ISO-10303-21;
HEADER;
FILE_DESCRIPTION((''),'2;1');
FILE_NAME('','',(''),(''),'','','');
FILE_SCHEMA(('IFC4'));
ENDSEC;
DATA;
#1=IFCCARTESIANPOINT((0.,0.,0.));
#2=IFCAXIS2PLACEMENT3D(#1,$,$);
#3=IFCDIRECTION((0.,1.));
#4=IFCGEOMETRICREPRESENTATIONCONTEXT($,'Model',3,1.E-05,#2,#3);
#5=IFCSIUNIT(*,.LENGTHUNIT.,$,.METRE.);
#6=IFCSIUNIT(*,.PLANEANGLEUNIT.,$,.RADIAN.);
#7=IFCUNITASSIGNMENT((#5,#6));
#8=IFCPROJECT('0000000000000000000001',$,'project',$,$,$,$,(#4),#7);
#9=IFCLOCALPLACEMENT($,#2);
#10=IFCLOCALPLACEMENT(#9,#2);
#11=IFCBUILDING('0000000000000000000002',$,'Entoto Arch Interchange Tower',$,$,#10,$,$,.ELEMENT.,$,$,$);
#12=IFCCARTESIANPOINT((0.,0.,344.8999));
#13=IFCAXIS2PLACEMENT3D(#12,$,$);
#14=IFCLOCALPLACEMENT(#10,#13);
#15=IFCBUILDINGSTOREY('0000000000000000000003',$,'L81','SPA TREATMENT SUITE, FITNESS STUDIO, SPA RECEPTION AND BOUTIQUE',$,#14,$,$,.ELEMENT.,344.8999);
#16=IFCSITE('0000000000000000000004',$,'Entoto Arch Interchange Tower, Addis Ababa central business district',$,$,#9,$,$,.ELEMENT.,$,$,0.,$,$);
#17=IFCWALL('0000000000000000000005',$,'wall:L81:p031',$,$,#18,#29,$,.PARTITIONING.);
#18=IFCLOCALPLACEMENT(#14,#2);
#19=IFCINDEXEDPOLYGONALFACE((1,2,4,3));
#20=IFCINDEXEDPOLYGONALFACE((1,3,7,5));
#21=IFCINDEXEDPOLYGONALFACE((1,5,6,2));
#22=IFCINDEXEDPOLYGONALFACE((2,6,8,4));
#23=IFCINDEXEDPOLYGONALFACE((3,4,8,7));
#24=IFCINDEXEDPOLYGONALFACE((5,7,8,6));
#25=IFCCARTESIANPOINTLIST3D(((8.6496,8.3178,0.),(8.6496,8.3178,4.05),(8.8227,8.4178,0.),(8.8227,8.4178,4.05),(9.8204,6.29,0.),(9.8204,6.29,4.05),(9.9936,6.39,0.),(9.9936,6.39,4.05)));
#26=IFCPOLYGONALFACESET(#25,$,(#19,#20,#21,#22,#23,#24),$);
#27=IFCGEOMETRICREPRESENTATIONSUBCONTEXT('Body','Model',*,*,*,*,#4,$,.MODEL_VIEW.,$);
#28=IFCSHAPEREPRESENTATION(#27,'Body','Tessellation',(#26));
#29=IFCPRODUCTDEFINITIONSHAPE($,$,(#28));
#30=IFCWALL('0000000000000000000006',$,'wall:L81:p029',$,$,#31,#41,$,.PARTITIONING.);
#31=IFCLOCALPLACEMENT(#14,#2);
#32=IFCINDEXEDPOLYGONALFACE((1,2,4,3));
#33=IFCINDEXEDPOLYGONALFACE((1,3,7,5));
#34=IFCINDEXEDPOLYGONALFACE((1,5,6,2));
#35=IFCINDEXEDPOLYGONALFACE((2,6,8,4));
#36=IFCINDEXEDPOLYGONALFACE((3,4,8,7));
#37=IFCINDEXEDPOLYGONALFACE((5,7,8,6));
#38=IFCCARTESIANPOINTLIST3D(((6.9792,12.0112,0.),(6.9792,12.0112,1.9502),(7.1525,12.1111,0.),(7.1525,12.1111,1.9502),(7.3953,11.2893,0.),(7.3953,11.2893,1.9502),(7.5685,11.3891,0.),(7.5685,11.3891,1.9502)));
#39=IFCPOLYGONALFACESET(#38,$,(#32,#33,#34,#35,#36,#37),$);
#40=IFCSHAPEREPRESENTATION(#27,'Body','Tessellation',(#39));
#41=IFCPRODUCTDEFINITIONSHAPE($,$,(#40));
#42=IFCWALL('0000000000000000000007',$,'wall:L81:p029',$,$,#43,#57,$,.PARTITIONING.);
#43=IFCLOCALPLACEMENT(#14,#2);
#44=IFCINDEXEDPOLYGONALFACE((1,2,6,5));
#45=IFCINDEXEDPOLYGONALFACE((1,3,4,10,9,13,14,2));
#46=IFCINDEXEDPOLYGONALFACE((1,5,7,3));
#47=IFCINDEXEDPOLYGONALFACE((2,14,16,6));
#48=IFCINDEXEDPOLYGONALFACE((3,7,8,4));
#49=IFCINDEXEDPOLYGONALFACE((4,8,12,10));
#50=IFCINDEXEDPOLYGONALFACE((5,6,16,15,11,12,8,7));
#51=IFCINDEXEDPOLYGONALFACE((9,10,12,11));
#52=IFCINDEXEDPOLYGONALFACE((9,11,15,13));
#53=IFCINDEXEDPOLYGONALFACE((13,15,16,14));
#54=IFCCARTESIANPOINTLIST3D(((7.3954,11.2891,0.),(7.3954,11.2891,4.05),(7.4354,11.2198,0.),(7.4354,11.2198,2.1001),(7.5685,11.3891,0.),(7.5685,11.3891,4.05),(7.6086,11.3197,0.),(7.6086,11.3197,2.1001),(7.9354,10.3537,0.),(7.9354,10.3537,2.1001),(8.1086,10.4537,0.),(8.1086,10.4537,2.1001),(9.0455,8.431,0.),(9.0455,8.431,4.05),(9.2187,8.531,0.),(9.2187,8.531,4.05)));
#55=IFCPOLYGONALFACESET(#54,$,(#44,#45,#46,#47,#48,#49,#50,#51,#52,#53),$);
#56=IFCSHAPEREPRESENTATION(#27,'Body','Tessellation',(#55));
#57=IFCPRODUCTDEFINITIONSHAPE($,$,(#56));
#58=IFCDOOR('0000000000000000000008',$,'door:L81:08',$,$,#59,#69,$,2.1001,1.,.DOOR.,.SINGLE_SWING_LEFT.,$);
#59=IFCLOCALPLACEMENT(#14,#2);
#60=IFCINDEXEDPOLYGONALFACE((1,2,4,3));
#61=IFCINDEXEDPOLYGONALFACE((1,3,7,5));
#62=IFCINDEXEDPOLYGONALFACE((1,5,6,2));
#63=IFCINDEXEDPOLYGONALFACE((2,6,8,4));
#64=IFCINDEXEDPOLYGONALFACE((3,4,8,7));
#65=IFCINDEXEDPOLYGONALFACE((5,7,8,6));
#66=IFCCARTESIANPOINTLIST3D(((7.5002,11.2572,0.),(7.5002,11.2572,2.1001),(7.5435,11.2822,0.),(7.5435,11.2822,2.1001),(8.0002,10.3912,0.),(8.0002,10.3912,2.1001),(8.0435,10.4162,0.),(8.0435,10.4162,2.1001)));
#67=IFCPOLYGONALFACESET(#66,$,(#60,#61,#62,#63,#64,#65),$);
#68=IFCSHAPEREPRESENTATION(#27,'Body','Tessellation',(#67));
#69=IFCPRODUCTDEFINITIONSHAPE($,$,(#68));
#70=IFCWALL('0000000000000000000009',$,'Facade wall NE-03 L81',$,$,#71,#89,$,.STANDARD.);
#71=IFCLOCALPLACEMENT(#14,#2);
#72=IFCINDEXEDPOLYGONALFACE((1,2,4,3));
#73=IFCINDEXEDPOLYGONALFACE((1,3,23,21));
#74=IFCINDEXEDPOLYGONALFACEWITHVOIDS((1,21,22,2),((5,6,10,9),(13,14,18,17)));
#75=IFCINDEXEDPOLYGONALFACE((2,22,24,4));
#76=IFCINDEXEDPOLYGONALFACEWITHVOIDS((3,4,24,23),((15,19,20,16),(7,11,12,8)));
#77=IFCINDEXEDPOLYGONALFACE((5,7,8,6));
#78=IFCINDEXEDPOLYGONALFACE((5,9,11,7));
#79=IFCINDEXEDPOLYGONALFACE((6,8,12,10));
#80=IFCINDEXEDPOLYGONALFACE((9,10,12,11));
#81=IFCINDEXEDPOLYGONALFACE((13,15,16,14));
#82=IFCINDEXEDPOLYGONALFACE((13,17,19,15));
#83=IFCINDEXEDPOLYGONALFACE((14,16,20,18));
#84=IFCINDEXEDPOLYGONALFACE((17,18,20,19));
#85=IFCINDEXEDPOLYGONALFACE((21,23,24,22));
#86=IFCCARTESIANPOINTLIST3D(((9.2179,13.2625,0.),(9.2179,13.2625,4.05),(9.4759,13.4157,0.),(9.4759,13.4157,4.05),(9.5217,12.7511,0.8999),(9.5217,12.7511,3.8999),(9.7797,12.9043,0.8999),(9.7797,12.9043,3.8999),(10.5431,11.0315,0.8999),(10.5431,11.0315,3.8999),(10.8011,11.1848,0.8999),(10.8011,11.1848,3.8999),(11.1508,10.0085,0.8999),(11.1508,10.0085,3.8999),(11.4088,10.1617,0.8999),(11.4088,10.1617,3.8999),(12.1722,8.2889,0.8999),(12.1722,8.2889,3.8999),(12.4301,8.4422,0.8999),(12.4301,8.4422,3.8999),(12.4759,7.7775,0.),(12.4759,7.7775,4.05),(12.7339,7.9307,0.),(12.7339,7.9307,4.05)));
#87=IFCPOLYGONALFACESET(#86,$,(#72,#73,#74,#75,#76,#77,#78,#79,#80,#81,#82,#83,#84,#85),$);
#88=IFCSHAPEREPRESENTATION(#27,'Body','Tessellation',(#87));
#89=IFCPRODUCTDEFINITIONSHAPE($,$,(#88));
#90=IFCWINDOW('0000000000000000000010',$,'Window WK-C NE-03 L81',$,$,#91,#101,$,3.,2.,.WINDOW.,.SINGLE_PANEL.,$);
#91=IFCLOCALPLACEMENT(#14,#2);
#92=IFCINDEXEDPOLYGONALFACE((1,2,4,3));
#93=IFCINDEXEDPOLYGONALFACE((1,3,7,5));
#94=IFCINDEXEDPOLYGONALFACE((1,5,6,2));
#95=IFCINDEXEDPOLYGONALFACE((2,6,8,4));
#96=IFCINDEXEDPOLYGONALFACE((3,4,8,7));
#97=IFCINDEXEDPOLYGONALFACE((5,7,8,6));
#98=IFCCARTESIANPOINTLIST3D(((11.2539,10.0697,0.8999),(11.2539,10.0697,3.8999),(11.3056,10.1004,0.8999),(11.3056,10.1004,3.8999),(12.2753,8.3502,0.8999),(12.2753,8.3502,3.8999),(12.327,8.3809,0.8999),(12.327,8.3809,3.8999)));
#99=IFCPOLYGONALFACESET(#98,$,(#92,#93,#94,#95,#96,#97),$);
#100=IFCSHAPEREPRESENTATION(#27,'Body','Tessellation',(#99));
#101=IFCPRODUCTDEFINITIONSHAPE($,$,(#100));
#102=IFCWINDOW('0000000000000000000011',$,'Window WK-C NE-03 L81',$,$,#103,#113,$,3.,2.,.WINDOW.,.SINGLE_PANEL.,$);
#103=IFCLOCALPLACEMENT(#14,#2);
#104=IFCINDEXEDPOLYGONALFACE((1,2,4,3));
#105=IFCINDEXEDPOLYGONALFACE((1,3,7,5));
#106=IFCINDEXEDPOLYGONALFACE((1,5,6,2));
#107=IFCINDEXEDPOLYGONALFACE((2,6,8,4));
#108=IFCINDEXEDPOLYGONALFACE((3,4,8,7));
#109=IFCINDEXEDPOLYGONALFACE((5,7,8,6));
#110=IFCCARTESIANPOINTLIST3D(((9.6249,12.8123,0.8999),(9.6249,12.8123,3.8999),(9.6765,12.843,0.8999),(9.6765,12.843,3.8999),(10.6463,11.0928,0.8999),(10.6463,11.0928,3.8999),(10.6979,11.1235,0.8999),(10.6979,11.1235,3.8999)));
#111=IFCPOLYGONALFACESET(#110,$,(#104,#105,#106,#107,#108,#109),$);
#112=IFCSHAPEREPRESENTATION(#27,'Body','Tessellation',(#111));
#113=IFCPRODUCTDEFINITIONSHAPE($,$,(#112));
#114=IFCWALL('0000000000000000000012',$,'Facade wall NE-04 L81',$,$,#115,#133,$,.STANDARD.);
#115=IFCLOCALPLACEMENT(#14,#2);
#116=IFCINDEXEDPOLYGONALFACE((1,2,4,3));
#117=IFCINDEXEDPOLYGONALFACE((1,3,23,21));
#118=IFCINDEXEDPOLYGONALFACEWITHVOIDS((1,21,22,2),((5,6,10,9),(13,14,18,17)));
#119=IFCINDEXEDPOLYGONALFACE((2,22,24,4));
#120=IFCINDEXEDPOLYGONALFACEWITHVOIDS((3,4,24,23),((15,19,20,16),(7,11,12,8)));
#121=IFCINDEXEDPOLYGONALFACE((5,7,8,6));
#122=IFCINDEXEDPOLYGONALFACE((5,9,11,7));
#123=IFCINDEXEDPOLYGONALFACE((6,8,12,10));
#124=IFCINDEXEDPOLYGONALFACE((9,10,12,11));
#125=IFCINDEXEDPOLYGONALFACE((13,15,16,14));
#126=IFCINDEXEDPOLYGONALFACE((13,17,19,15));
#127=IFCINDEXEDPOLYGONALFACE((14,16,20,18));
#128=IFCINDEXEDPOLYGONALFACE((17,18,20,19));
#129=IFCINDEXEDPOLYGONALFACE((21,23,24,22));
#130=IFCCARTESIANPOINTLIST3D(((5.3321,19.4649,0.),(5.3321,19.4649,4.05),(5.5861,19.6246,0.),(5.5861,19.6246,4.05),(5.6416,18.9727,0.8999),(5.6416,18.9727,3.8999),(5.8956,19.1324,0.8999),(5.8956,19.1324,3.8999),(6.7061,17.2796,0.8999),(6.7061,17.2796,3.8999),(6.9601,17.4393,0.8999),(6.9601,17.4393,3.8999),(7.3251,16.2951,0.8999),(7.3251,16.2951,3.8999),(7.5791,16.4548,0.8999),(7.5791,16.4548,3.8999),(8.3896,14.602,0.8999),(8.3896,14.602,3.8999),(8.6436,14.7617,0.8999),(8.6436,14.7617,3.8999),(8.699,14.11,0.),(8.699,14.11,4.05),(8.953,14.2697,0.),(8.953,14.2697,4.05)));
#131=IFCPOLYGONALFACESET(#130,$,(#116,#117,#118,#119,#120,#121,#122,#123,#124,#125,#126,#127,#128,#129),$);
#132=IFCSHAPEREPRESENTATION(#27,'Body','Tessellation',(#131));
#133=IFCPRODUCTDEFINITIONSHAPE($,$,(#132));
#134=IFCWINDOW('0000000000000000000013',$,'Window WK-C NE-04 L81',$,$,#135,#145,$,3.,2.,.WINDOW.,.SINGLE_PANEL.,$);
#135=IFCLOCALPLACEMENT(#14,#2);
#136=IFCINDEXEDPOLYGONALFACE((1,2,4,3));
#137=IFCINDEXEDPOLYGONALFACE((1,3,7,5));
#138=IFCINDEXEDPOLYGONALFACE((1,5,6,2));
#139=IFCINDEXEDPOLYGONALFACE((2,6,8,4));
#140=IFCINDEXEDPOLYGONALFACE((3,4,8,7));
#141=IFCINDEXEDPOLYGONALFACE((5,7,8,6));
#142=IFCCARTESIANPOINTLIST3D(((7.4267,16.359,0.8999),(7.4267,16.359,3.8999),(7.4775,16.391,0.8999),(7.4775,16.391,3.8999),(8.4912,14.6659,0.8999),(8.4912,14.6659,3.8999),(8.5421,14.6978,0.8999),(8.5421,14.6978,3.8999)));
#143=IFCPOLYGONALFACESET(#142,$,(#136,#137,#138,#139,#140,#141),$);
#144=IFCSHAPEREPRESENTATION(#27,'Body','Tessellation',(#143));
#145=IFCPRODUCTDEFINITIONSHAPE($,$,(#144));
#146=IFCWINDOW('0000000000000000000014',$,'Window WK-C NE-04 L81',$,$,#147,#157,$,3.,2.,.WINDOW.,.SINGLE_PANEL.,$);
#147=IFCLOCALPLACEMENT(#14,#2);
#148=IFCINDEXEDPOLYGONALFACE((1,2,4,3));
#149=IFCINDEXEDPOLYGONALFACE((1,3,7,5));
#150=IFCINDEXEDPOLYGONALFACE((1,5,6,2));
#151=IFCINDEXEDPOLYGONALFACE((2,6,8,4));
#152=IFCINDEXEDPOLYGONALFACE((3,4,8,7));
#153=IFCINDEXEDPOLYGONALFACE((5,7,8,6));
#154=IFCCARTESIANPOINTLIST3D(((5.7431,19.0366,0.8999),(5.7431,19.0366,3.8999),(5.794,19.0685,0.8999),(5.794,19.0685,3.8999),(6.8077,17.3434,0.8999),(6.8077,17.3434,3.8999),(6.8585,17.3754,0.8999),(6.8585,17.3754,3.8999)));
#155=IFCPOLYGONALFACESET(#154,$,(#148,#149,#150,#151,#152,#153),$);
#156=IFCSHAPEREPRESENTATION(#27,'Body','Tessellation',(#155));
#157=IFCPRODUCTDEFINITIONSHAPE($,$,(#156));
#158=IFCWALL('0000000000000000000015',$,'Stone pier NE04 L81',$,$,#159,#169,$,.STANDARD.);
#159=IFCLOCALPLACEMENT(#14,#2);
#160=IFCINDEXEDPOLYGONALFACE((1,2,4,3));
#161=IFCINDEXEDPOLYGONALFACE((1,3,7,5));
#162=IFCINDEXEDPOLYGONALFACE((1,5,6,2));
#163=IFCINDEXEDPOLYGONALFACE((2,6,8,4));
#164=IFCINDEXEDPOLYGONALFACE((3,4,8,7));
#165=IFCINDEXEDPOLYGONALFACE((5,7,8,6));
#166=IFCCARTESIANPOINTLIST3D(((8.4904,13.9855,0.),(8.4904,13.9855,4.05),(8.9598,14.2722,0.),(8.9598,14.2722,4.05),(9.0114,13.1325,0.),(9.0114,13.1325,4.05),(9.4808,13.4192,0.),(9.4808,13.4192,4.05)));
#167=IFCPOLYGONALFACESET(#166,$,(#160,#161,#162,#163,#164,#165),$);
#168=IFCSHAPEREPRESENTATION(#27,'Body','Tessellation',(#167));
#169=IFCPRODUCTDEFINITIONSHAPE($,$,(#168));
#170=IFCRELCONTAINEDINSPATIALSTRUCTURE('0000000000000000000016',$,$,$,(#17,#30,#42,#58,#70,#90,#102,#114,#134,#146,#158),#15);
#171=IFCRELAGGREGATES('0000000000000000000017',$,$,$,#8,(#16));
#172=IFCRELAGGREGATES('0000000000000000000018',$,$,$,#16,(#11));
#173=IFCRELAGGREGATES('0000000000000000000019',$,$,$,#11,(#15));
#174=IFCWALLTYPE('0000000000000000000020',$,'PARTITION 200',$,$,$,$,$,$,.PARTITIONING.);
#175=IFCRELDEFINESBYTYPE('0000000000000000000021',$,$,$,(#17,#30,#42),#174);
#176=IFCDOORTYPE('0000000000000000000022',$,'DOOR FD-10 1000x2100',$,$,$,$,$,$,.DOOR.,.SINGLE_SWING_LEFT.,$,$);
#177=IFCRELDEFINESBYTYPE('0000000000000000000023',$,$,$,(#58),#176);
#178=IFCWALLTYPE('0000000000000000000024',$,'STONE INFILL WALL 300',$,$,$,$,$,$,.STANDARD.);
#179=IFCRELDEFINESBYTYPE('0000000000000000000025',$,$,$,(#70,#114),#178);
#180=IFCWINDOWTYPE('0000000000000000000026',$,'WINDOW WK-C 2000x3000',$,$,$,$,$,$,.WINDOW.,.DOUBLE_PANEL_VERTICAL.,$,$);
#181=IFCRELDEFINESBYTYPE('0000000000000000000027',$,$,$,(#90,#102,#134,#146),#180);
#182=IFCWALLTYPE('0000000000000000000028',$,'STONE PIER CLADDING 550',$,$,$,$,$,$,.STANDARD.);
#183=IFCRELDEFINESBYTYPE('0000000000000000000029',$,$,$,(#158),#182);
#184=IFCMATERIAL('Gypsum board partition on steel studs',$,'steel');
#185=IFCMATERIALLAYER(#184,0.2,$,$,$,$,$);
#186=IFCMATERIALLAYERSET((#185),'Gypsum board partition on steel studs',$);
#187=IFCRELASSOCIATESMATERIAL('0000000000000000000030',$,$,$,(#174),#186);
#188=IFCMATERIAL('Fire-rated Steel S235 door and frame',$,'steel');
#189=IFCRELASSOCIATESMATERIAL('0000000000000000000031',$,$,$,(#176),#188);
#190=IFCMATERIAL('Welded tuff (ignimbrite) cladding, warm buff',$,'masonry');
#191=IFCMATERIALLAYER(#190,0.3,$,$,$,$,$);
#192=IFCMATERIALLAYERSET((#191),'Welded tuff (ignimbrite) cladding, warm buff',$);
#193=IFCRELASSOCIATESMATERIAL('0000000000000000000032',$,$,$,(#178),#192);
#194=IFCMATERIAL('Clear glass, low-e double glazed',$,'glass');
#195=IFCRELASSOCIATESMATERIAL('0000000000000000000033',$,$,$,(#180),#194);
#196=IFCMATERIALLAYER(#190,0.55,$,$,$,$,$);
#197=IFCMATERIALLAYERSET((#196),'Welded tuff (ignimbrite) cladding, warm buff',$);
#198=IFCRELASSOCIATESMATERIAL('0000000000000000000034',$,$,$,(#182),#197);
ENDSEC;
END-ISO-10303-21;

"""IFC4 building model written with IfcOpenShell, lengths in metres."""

from ifc_helpers import new_model, si_unit, direction, frame, frame_2d, origin, place, context, subcontext, project, spatial, rectangle, extrude, material, layer, layer_set, type_object, element, fill, save


model = new_model("IFC4")

# Units and contexts
model_context = context("Model", 3, precision=1e-05, world=origin(), true_north=direction((0.0, 1.0)))
body_context = subcontext(model_context, "Body", "Model", "MODEL_VIEW")
ifc_project = project(units=[si_unit("LENGTHUNIT", "METRE"), si_unit("PLANEANGLEUNIT", "RADIAN")], contexts=[model_context])

# Site, building, storey
site_placement = place(None, origin())
site = spatial("IfcSite", under=ifc_project, at=site_placement, Name="Entoto Arch Interchange Tower, Addis Ababa central business district", CompositionType="ELEMENT", RefElevation=0.0)
building_placement = place(site_placement, origin())
building = spatial("IfcBuilding", under=site, at=building_placement, Name="Entoto Arch Interchange Tower", CompositionType="ELEMENT")
storey_placement = place(building_placement, frame((0.0, 0.0, 344.8999)))
storey = spatial("IfcBuildingStorey", under=building, at=storey_placement, Name="L81", Description="SPA TREATMENT SUITE, FITNESS STUDIO, SPA RECEPTION AND BOUTIQUE", CompositionType="ELEMENT", Elevation=344.8999)

# Shared definitions
ifc_material_1 = material(Name="Fire-rated Steel S235 door and frame", Category="steel")

# Shared definitions
ifc_material_2 = material(Name="Gypsum board partition on steel studs", Category="steel")

# Shared definitions
ifc_layer_1 = layer(ifc_material_2, 0.2)
ifc_layer_set_1 = layer_set([ifc_layer_1], Name="Gypsum board partition on steel studs")
wall_type_1 = type_object("IfcWallType", Name="PARTITION 200", PredefinedType="PARTITIONING", material=ifc_layer_set_1)
door_type_1 = type_object("IfcDoorType", Name="DOOR FD-10 1000x2100", OperationType="SINGLE_SWING_LEFT", PredefinedType="DOOR", material=ifc_material_1)

# Walls
wall_1_placement = place(storey_placement, frame((8.7361, 8.3679, 0.0), z_axis=(0.0, 0.0, 1.0), x_axis=(0.500041, -0.866002, 0.0)))
element("IfcWall", 1, at=wall_1_placement, inside=storey, type_object=wall_type_1, Name="wall:L81:p031", PredefinedType="PARTITIONING", context=body_context, shape_type="SweptSolid", body=[
    extrude(rectangle(XDim=2.3416, YDim=0.2, at=frame_2d((1.1709, 0.0))), origin(), (0.0, 0.0, 1.0), 4.05),
])
wall_2_placement = place(storey_placement, frame((7.0659, 12.061, 0.0), z_axis=(0.0, 0.0, 1.0), x_axis=(0.499291, -0.866434, 0.0)))
element("IfcWall", 2, at=wall_2_placement, inside=storey, type_object=wall_type_1, Name="wall:L81:p029", PredefinedType="PARTITIONING", context=body_context, shape_type="SweptSolid", body=[
    extrude(rectangle(XDim=0.8333, YDim=0.2, at=frame_2d((0.4165, 0.0))), origin(), (0.0, 0.0, 1.0), 1.9502),
])

# Wall, opening, door
wall_3_placement = place(storey_placement, frame((7.4819, 11.3391, 0.0), z_axis=(0.0, 0.0, 1.0), x_axis=(0.499998, -0.866027, 0.0)))
wall_3 = element("IfcWall", 3, at=wall_3_placement, inside=storey, type_object=wall_type_1, Name="wall:L81:p029", PredefinedType="PARTITIONING", context=body_context, shape_type="SweptSolid", body=[
    extrude(rectangle(XDim=3.3003, YDim=0.2, at=frame_2d((1.6501, 0.0))), origin(), (0.0, 0.0, 1.0), 4.05),
])
opening_1_placement = place(wall_3_placement, frame((0.0801, 0.0, 0.0)))
opening_1 = element("IfcOpeningElement", 4, at=opening_1_placement, cuts=wall_3, PredefinedType="OPENING", context=body_context, shape_type="SweptSolid", body=[
    extrude(rectangle(XDim=1.0, YDim=2.1001, at=frame_2d((0.5, 1.05))), frame((0.0, 0.1099, 0.0), z_axis=(0.0, -1.0, 0.0), x_axis=(1.0, 0.0, 0.0)), (0.0, 0.0, 1.0), 0.22),
])
door_1_placement = place(opening_1_placement, origin())
door_1 = element("IfcDoor", 5, at=door_1_placement, inside=storey, type_object=door_type_1, Name="door:L81:08", OperationType="SINGLE_SWING_LEFT", OverallHeight=2.1001, OverallWidth=1.0, PredefinedType="DOOR", context=body_context, shape_type="SweptSolid", body=[
    extrude(rectangle(XDim=1.0, YDim=2.1001, at=frame_2d((0.5, 1.05))), frame((0.0, 0.0249, 0.0), z_axis=(0.0, -1.0, 0.0), x_axis=(1.0, 0.0, 0.0)), (0.0, 0.0, 1.0), 0.05),
])
fill(opening_1, door_1)

# Walls, openings, windows
ifc_material_3 = material(Name="Welded tuff (ignimbrite) cladding, warm buff", Category="masonry")
ifc_layer_2 = layer(ifc_material_3, 0.3)
ifc_layer_set_2 = layer_set([ifc_layer_2], Name="Welded tuff (ignimbrite) cladding, warm buff")
wall_type_2 = type_object("IfcWallType", Name="STONE INFILL WALL 300", PredefinedType="STANDARD", material=ifc_layer_set_2)
wall_4_placement = place(storey_placement, frame((12.605, 7.854, 0.0), z_axis=(0.0, 0.0, 1.0), x_axis=(-0.510686, 0.859767, 0.0)))
wall_4 = element("IfcWall", 6, at=wall_4_placement, inside=storey, type_object=wall_type_2, Name="Facade wall NE-03 L81", PredefinedType="STANDARD", context=body_context, shape_type="SweptSolid", body=[
    extrude(rectangle(XDim=6.3796, YDim=0.3, at=frame_2d((3.1899, 0.0))), origin(), (0.0, 0.0, 1.0), 4.05),
])
opening_2_placement = place(wall_4_placement, frame((0.595, 0.0, 0.8999)))
opening_2 = element("IfcOpeningElement", 7, at=opening_2_placement, cuts=wall_4, PredefinedType="OPENING", context=body_context, shape_type="SweptSolid", body=[
    extrude(rectangle(XDim=2.0, YDim=3.0, at=frame_2d((1.0, 1.5))), frame((0.0, 0.1602, 0.0), z_axis=(0.0, -1.0, 0.0), x_axis=(1.0, 0.0, 0.0)), (0.0, 0.0, 1.0), 0.3201),
])
opening_3_placement = place(wall_4_placement, frame((3.7849, 0.0, 0.8999)))
opening_3 = element("IfcOpeningElement", 8, at=opening_3_placement, cuts=wall_4, PredefinedType="OPENING", context=body_context, shape_type="SweptSolid", body=[
    extrude(rectangle(XDim=2.0, YDim=3.0, at=frame_2d((1.0, 1.5))), frame((0.0, 0.1602, 0.0), z_axis=(0.0, -1.0, 0.0), x_axis=(1.0, 0.0, 0.0)), (0.0, 0.0, 1.0), 0.3201),
])
ifc_material_4 = material(Name="Clear glass, low-e double glazed", Category="glass")
window_type = type_object("IfcWindowType", Name="WINDOW WK-C 2000x3000", PartitioningType="DOUBLE_PANEL_VERTICAL", PredefinedType="WINDOW", material=ifc_material_4)
window_1_placement = place(opening_2_placement, origin())
window_1 = element("IfcWindow", 9, at=window_1_placement, inside=storey, type_object=window_type, Name="Window WK-C NE-03 L81", OverallHeight=3.0, OverallWidth=2.0, PartitioningType="SINGLE_PANEL", PredefinedType="WINDOW", context=body_context, shape_type="SweptSolid", body=[
    extrude(rectangle(XDim=2.0, YDim=3.0, at=frame_2d((1.0, 1.5))), frame((0.0, 0.03, 0.0), z_axis=(0.0, -1.0, 0.0), x_axis=(1.0, 0.0, 0.0)), (0.0, 0.0, 1.0), 0.0601),
])
fill(opening_2, window_1)
window_2_placement = place(opening_3_placement, origin())
window_2 = element("IfcWindow", 10, at=window_2_placement, inside=storey, type_object=window_type, Name="Window WK-C NE-03 L81", OverallHeight=3.0, OverallWidth=2.0, PartitioningType="SINGLE_PANEL", PredefinedType="WINDOW", context=body_context, shape_type="SweptSolid", body=[
    extrude(rectangle(XDim=2.0, YDim=3.0, at=frame_2d((1.0, 1.5))), frame((0.0, 0.03, 0.0), z_axis=(0.0, -1.0, 0.0), x_axis=(1.0, 0.0, 0.0)), (0.0, 0.0, 1.0), 0.0601),
])
fill(opening_3, window_2)
wall_5_placement = place(storey_placement, frame((8.8259, 14.1899, 0.0), z_axis=(0.0, 0.0, 1.0), x_axis=(-0.53228, 0.846568, 0.0)))
wall_5 = element("IfcWall", 11, at=wall_5_placement, inside=storey, type_object=wall_type_2, Name="Facade wall NE-04 L81", PredefinedType="STANDARD", context=body_context, shape_type="SweptSolid", body=[
    extrude(rectangle(XDim=6.3254, YDim=0.3, at=frame_2d((3.1626, 0.0))), origin(), (0.0, 0.0, 1.0), 4.05),
])
opening_4_placement = place(wall_5_placement, frame((0.5811, 0.0, 0.8999)))
opening_4 = element("IfcOpeningElement", 12, at=opening_4_placement, cuts=wall_5, PredefinedType="OPENING", context=body_context, shape_type="SweptSolid", body=[
    extrude(rectangle(XDim=2.0, YDim=3.0, at=frame_2d((1.0, 1.5))), frame((0.0, 0.1602, 0.0), z_axis=(0.0, -1.0, 0.0), x_axis=(1.0, 0.0, 0.0)), (0.0, 0.0, 1.0), 0.3201),
])
opening_5_placement = place(wall_5_placement, frame((3.7439, 0.0, 0.8999)))
opening_5 = element("IfcOpeningElement", 13, at=opening_5_placement, cuts=wall_5, PredefinedType="OPENING", context=body_context, shape_type="SweptSolid", body=[
    extrude(rectangle(XDim=2.0, YDim=3.0, at=frame_2d((1.0, 1.5))), frame((0.0, 0.1602, 0.0), z_axis=(0.0, -1.0, 0.0), x_axis=(1.0, 0.0, 0.0)), (0.0, 0.0, 1.0), 0.3201),
])
window_3_placement = place(opening_4_placement, origin())
window_3 = element("IfcWindow", 14, at=window_3_placement, inside=storey, type_object=window_type, Name="Window WK-C NE-04 L81", OverallHeight=3.0, OverallWidth=2.0, PartitioningType="SINGLE_PANEL", PredefinedType="WINDOW", context=body_context, shape_type="SweptSolid", body=[
    extrude(rectangle(XDim=2.0, YDim=3.0, at=frame_2d((1.0, 1.5))), frame((0.0, 0.03, 0.0), z_axis=(0.0, -1.0, 0.0), x_axis=(1.0, 0.0, 0.0)), (0.0, 0.0, 1.0), 0.0601),
])
fill(opening_4, window_3)
window_4_placement = place(opening_5_placement, origin())
window_4 = element("IfcWindow", 15, at=window_4_placement, inside=storey, type_object=window_type, Name="Window WK-C NE-04 L81", OverallHeight=3.0, OverallWidth=2.0, PartitioningType="SINGLE_PANEL", PredefinedType="WINDOW", context=body_context, shape_type="SweptSolid", body=[
    extrude(rectangle(XDim=2.0, YDim=3.0, at=frame_2d((1.0, 1.5))), frame((0.0, 0.03, 0.0), z_axis=(0.0, -1.0, 0.0), x_axis=(1.0, 0.0, 0.0)), (0.0, 0.0, 1.0), 0.0601),
])
fill(opening_5, window_4)

# Wall
ifc_layer_3 = layer(ifc_material_3, 0.55)
ifc_layer_set_3 = layer_set([ifc_layer_3], Name="Welded tuff (ignimbrite) cladding, warm buff")
wall_type_3 = type_object("IfcWallType", Name="STONE PIER CLADDING 550", PredefinedType="STANDARD", material=ifc_layer_set_3)
wall_6_placement = place(storey_placement, frame((9.2461, 13.2759, 0.0), z_axis=(0.0, 0.0, 1.0), x_axis=(-0.521233, 0.853415, 0.0)))
element("IfcWall", 16, at=wall_6_placement, inside=storey, type_object=wall_type_3, Name="Stone pier NE04 L81", PredefinedType="STANDARD", context=body_context, shape_type="SweptSolid", body=[
    extrude(rectangle(XDim=0.9995, YDim=0.55, at=frame_2d((0.4998, 0.0))), origin(), (0.0, 0.0, 1.0), 4.05),
])

save(model, "model.ifc")
